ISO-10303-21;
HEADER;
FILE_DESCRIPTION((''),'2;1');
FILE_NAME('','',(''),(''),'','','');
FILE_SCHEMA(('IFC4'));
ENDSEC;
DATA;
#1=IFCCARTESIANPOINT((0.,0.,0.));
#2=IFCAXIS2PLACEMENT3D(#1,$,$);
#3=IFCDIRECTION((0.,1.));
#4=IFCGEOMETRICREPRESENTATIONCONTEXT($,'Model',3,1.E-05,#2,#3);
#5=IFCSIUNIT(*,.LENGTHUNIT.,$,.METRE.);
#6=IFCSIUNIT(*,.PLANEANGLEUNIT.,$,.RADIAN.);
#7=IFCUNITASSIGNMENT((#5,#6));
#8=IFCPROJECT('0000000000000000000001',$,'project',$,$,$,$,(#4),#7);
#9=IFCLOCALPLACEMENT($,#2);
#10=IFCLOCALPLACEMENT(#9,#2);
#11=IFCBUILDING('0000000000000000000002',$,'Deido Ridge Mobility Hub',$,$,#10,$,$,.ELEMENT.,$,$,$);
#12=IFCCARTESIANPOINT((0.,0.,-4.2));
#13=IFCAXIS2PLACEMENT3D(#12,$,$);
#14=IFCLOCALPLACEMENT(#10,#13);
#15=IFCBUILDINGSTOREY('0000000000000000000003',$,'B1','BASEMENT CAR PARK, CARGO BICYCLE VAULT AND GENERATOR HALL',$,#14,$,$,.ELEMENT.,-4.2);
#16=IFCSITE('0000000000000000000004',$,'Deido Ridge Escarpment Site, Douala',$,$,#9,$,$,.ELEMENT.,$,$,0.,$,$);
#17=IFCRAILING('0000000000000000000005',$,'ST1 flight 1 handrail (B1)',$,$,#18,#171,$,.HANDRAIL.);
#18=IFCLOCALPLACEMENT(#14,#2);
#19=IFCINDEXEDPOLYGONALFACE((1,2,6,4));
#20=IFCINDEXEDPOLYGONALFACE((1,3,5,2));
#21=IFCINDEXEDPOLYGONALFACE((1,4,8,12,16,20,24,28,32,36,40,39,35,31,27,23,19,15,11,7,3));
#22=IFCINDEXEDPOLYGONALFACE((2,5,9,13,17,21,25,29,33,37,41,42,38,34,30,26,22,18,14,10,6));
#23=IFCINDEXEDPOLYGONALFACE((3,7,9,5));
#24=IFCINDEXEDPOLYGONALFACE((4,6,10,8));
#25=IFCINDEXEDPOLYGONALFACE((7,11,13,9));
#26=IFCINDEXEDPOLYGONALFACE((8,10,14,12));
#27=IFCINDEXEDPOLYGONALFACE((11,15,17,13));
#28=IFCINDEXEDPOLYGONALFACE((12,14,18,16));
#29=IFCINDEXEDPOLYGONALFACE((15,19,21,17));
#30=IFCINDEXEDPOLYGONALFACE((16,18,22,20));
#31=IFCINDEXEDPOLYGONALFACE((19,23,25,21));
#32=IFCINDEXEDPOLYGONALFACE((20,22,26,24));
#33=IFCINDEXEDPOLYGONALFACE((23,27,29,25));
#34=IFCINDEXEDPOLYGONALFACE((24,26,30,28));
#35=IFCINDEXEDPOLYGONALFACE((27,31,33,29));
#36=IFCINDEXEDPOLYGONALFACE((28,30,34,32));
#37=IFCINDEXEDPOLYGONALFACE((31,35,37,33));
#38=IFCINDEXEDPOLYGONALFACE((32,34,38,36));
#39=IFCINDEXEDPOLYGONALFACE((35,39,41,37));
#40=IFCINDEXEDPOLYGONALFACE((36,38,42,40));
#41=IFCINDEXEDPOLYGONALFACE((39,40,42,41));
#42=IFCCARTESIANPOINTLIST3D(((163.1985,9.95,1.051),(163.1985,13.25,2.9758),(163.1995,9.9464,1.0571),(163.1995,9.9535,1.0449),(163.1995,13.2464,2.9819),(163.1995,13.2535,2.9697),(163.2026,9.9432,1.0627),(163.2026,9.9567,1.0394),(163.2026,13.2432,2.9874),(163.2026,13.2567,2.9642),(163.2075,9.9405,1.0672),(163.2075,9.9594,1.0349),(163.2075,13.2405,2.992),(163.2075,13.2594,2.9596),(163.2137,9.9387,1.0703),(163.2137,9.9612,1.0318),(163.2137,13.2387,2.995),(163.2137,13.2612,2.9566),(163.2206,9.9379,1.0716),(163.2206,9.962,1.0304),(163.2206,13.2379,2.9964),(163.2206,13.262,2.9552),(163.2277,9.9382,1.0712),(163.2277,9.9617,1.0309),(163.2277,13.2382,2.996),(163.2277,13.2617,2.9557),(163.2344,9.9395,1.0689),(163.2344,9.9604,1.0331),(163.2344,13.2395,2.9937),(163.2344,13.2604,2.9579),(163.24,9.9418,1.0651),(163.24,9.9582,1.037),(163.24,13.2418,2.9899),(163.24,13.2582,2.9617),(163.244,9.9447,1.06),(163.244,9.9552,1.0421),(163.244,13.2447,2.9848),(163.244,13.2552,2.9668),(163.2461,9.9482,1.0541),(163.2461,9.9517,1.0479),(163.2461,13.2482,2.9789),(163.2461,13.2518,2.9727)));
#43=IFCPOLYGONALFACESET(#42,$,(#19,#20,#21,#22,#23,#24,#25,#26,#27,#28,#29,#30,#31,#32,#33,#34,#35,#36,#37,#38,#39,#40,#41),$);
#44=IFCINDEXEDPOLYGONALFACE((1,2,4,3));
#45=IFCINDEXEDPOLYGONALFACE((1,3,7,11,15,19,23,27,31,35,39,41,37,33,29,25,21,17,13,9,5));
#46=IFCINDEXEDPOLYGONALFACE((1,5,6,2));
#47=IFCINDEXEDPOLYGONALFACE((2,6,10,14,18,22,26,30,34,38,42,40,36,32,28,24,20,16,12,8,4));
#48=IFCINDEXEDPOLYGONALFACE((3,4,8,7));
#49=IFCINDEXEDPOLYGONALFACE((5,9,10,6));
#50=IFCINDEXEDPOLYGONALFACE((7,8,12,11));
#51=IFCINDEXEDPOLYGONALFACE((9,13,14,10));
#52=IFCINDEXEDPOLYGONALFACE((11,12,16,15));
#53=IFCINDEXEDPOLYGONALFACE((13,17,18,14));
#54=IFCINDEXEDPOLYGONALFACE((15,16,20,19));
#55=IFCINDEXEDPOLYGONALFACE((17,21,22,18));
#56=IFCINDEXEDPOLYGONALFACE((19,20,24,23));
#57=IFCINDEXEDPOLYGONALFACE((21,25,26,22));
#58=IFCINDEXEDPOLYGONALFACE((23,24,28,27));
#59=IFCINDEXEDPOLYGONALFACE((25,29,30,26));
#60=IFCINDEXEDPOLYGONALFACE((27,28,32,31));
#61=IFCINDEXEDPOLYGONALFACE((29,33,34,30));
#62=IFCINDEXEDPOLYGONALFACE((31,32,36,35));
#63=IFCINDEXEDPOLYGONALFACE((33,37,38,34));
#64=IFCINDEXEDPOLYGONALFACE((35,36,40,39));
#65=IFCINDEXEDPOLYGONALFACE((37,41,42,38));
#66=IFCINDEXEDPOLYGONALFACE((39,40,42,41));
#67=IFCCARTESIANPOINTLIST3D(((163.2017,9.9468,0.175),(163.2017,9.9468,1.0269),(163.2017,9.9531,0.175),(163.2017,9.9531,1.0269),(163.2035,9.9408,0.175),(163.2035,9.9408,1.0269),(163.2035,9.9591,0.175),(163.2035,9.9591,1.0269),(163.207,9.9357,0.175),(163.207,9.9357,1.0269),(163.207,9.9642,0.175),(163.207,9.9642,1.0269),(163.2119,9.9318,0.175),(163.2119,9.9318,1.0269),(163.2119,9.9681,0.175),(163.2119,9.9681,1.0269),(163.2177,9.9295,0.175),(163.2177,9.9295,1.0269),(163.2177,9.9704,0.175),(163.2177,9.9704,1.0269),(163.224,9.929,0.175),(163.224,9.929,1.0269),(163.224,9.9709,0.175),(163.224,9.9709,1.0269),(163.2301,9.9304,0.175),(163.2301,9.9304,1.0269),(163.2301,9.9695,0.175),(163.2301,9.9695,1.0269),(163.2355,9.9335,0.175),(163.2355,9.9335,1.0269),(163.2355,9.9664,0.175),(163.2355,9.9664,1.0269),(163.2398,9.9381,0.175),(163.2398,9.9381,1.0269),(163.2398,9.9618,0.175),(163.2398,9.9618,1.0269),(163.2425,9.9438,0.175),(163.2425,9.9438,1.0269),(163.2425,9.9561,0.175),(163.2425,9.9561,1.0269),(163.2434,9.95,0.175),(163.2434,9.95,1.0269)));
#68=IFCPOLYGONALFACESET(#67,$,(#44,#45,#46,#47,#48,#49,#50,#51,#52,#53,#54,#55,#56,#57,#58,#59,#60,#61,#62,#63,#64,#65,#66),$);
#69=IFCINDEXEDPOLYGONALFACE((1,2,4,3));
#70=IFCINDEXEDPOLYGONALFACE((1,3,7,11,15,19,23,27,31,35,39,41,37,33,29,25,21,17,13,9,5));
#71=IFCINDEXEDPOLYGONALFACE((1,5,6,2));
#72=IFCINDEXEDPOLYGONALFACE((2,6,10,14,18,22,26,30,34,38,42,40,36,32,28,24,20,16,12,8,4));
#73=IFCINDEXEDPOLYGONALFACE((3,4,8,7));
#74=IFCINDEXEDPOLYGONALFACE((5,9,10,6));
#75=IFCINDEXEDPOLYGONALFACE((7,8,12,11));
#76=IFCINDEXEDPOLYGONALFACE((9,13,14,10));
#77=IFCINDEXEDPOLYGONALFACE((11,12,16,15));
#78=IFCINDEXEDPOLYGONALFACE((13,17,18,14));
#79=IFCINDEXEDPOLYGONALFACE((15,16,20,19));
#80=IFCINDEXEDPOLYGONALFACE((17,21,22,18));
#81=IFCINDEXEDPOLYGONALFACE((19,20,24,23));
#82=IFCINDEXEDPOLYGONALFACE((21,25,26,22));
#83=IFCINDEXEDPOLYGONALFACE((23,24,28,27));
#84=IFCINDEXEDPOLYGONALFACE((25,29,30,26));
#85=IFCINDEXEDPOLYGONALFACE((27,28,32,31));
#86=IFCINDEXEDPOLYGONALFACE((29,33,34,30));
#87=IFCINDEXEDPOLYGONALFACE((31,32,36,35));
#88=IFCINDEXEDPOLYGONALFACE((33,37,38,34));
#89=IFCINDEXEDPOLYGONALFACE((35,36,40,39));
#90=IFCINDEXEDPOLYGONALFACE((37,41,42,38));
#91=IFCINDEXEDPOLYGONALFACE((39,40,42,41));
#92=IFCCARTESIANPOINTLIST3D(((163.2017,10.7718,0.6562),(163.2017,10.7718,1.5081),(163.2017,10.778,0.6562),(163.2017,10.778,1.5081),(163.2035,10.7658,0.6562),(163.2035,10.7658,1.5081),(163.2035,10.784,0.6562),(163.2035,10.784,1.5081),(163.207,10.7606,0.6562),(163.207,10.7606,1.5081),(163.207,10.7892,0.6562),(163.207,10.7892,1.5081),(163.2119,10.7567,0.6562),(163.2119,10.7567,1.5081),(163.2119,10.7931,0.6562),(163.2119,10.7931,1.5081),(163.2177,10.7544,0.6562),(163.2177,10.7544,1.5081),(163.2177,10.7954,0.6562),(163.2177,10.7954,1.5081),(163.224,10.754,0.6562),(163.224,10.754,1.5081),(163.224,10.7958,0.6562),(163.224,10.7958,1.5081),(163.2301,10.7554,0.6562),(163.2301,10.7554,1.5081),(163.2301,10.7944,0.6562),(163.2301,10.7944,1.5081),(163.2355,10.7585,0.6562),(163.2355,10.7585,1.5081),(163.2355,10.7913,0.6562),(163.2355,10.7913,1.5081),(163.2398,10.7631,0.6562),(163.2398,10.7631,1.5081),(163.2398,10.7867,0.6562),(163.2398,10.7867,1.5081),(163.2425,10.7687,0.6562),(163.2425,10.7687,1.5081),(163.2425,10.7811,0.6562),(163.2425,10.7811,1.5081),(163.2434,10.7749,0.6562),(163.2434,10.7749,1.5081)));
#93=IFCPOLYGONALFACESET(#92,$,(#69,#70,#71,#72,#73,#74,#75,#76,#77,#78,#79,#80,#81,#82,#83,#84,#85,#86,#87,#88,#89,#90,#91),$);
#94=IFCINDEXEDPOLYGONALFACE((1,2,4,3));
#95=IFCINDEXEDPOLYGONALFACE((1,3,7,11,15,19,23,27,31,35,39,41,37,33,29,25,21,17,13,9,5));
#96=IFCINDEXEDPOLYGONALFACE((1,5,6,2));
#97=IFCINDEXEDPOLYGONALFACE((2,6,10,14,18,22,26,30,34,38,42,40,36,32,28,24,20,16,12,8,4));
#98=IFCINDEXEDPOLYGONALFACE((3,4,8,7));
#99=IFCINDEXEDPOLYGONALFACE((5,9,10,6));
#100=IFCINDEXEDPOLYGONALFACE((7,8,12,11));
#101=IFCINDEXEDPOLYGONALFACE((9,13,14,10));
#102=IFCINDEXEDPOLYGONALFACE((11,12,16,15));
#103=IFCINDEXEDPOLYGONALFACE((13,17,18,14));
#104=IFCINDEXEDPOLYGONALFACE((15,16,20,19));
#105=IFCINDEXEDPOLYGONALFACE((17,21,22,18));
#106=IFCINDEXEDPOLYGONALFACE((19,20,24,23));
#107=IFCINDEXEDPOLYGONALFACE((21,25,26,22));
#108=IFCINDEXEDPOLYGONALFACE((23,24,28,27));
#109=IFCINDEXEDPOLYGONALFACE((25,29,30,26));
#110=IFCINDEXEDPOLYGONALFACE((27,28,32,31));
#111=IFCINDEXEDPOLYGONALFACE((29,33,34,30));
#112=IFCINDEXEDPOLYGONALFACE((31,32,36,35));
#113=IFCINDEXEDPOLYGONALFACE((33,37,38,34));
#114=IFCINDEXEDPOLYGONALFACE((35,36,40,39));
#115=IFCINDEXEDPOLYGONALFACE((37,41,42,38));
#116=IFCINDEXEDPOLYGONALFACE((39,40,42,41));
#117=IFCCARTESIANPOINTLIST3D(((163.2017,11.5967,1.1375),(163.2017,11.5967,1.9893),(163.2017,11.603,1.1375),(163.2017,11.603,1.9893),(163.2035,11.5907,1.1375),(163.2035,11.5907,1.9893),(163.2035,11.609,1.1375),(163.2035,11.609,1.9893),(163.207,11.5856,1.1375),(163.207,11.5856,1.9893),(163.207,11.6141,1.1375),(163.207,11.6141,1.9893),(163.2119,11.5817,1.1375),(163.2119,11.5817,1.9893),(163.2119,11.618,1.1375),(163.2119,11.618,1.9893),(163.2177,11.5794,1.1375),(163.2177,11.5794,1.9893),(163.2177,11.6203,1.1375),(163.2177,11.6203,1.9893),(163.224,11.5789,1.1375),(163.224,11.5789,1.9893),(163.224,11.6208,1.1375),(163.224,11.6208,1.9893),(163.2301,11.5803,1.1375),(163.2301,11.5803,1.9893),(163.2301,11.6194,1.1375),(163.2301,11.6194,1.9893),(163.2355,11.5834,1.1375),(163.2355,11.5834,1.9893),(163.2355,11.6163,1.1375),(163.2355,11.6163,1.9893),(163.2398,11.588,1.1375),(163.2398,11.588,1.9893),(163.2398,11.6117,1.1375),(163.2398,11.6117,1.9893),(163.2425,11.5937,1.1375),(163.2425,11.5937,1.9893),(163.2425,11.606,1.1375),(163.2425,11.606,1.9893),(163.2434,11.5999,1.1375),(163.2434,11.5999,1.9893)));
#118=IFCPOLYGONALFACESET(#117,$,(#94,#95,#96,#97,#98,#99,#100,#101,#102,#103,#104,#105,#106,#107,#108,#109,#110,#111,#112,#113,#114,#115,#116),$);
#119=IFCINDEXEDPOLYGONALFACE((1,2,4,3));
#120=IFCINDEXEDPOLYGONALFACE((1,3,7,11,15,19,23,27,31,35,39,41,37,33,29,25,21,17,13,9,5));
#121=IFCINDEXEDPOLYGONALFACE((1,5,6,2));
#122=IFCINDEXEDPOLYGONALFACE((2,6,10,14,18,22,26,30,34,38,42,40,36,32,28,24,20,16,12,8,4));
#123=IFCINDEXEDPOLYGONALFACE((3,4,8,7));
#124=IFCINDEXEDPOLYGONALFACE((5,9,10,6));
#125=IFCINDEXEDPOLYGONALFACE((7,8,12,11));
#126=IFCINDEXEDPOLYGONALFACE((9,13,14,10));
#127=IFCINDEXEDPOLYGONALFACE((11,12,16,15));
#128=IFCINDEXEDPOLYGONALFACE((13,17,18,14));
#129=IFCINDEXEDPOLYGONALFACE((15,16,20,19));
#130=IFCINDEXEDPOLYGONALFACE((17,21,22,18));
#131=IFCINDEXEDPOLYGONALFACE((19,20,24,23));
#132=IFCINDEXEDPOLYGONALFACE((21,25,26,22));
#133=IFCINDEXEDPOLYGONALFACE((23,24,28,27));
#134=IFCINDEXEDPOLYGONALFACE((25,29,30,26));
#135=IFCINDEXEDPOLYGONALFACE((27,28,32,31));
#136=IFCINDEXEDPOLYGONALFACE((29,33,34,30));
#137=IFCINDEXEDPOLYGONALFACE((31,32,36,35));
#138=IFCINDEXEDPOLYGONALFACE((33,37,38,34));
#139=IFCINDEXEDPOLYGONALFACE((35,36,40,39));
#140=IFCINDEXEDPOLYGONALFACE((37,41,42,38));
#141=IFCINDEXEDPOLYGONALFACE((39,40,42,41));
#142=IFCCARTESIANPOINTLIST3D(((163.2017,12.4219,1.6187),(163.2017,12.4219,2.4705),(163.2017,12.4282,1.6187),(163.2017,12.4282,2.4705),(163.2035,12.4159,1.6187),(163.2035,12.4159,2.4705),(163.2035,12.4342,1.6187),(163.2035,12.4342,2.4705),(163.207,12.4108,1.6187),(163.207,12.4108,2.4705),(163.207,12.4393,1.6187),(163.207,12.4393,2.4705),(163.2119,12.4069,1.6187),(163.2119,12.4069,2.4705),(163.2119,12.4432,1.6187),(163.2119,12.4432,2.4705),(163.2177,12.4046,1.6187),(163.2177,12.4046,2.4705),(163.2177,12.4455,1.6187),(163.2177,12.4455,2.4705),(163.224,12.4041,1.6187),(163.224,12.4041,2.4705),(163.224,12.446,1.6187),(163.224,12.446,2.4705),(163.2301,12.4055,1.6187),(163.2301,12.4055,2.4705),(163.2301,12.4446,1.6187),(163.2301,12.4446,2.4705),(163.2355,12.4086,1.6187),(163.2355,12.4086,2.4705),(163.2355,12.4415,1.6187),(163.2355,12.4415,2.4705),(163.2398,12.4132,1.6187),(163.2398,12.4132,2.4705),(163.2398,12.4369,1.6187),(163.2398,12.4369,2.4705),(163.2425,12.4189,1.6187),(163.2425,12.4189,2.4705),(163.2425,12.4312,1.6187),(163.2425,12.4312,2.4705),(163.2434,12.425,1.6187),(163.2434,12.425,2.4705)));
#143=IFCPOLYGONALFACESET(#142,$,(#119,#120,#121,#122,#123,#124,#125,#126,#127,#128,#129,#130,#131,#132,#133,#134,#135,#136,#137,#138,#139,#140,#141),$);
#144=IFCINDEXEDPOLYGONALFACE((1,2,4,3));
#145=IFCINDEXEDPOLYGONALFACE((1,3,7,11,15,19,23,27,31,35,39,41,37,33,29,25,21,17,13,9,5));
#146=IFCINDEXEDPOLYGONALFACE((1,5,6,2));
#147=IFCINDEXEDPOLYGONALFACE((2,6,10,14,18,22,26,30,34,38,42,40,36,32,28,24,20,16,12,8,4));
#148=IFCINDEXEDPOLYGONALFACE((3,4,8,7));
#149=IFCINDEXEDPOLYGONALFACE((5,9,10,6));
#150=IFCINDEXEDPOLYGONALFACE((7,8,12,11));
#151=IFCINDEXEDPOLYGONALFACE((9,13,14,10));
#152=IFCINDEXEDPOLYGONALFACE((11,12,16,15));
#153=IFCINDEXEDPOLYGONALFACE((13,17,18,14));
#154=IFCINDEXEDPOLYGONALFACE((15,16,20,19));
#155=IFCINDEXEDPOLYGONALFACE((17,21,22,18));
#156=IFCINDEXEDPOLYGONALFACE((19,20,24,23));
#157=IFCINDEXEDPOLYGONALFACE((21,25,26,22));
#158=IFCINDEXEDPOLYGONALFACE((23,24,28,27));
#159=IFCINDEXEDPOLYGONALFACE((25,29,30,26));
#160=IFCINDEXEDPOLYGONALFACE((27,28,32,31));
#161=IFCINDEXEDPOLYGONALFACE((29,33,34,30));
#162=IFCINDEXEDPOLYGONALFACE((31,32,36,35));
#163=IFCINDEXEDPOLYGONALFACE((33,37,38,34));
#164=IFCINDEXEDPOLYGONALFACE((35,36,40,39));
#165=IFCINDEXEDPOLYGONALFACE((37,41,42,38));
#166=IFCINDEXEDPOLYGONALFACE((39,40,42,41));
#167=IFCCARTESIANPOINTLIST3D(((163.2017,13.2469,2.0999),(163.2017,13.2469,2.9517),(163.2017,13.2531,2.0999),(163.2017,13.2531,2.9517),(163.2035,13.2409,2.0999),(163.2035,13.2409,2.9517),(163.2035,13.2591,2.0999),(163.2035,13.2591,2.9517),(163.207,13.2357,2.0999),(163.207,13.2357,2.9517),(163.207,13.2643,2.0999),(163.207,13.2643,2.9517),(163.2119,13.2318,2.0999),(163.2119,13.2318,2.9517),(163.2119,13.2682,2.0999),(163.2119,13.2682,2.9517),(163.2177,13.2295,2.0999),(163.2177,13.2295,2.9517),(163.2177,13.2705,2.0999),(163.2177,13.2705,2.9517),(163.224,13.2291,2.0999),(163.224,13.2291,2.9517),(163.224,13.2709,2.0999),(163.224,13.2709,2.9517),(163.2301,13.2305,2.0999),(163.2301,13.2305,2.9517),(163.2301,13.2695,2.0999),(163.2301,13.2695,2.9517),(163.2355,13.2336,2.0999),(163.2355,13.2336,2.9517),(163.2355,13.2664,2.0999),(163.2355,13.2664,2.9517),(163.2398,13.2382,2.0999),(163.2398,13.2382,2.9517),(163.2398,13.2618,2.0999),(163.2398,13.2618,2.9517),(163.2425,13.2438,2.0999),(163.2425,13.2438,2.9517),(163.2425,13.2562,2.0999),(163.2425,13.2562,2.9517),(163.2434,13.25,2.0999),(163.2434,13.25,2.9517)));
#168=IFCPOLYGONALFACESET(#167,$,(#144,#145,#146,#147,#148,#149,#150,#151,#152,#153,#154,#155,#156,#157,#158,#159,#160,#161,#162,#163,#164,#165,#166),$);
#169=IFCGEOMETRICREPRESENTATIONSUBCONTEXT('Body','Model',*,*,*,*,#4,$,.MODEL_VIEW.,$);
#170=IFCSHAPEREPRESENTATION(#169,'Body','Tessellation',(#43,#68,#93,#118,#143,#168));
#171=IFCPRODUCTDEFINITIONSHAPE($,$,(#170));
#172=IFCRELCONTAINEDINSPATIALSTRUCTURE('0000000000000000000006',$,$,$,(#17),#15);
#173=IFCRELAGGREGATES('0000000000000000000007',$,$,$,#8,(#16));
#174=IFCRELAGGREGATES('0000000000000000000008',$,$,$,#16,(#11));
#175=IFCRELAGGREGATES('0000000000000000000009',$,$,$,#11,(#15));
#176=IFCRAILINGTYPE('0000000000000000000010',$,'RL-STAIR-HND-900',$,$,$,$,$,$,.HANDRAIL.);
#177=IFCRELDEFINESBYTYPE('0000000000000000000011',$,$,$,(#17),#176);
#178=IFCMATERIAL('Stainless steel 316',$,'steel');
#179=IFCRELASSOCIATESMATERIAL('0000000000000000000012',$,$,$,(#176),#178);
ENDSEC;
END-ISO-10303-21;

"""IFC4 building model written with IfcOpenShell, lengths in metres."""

from ifc_helpers import new_model, si_unit, direction, frame, origin, origin_2d, place, context, subcontext, project, spatial, circle, extrude, material, type_object, element, save


model = new_model("IFC4")

# Units and contexts
model_context = context("Model", 3, precision=1e-05, world=origin(), true_north=direction((0.0, 1.0)))
body_context = subcontext(model_context, "Body", "Model", "MODEL_VIEW")
ifc_project = project(units=[si_unit("LENGTHUNIT", "METRE"), si_unit("PLANEANGLEUNIT", "RADIAN")], contexts=[model_context])

# Site, building, storey
site_placement = place(None, origin())
site = spatial("IfcSite", under=ifc_project, at=site_placement, Name="Deido Ridge Escarpment Site, Douala", CompositionType="ELEMENT", RefElevation=0.0)
building_placement = place(site_placement, origin())
building = spatial("IfcBuilding", under=site, at=building_placement, Name="Deido Ridge Mobility Hub", CompositionType="ELEMENT")
storey_placement = place(building_placement, frame((0.0, 0.0, -4.2)))
storey = spatial("IfcBuildingStorey", under=building, at=storey_placement, Name="B1", Description="BASEMENT CAR PARK, CARGO BICYCLE VAULT AND GENERATOR HALL", CompositionType="ELEMENT", Elevation=-4.2)

# Railing
ifc_material_1 = material(Name="Stainless steel 316", Category="steel")
railing_type = type_object("IfcRailingType", Name="RL-STAIR-HND-900", PredefinedType="HANDRAIL", material=ifc_material_1)
railing_placement = place(storey_placement, frame((163.2224, 9.95, 0.175)))
element("IfcRailing", 1, at=railing_placement, inside=storey, type_object=railing_type, Name="ST1 flight 1 handrail (B1)", PredefinedType="HANDRAIL", context=body_context, shape_type="SweptSolid", body=[
    extrude(circle(Radius=0.0239, at=origin_2d()), frame((0.0, 0.0, 0.876), z_axis=(0.0, 0.863804, 0.503827), x_axis=(-1.0, 0.0, 0.0)), (0.0, 0.0, 1.0), 3.8203),
    extrude(circle(Radius=0.021, at=origin_2d()), origin(), (0.0, 0.0, 1.0), 0.8518),
    extrude(circle(Radius=0.021, at=origin_2d()), frame((0.0, 0.825, 0.4812)), (0.0, 0.0, 1.0), 0.8518),
    extrude(circle(Radius=0.021, at=origin_2d()), frame((0.0, 1.6499, 0.9624)), (0.0, 0.0, 1.0), 0.8518),
    extrude(circle(Radius=0.021, at=origin_2d()), frame((0.0, 2.4751, 1.4436)), (0.0, 0.0, 1.0), 0.8518),
    extrude(circle(Radius=0.021, at=origin_2d()), frame((0.0, 3.3, 1.9248)), (0.0, 0.0, 1.0), 0.8518),
])

save(model, "model.ifc")
